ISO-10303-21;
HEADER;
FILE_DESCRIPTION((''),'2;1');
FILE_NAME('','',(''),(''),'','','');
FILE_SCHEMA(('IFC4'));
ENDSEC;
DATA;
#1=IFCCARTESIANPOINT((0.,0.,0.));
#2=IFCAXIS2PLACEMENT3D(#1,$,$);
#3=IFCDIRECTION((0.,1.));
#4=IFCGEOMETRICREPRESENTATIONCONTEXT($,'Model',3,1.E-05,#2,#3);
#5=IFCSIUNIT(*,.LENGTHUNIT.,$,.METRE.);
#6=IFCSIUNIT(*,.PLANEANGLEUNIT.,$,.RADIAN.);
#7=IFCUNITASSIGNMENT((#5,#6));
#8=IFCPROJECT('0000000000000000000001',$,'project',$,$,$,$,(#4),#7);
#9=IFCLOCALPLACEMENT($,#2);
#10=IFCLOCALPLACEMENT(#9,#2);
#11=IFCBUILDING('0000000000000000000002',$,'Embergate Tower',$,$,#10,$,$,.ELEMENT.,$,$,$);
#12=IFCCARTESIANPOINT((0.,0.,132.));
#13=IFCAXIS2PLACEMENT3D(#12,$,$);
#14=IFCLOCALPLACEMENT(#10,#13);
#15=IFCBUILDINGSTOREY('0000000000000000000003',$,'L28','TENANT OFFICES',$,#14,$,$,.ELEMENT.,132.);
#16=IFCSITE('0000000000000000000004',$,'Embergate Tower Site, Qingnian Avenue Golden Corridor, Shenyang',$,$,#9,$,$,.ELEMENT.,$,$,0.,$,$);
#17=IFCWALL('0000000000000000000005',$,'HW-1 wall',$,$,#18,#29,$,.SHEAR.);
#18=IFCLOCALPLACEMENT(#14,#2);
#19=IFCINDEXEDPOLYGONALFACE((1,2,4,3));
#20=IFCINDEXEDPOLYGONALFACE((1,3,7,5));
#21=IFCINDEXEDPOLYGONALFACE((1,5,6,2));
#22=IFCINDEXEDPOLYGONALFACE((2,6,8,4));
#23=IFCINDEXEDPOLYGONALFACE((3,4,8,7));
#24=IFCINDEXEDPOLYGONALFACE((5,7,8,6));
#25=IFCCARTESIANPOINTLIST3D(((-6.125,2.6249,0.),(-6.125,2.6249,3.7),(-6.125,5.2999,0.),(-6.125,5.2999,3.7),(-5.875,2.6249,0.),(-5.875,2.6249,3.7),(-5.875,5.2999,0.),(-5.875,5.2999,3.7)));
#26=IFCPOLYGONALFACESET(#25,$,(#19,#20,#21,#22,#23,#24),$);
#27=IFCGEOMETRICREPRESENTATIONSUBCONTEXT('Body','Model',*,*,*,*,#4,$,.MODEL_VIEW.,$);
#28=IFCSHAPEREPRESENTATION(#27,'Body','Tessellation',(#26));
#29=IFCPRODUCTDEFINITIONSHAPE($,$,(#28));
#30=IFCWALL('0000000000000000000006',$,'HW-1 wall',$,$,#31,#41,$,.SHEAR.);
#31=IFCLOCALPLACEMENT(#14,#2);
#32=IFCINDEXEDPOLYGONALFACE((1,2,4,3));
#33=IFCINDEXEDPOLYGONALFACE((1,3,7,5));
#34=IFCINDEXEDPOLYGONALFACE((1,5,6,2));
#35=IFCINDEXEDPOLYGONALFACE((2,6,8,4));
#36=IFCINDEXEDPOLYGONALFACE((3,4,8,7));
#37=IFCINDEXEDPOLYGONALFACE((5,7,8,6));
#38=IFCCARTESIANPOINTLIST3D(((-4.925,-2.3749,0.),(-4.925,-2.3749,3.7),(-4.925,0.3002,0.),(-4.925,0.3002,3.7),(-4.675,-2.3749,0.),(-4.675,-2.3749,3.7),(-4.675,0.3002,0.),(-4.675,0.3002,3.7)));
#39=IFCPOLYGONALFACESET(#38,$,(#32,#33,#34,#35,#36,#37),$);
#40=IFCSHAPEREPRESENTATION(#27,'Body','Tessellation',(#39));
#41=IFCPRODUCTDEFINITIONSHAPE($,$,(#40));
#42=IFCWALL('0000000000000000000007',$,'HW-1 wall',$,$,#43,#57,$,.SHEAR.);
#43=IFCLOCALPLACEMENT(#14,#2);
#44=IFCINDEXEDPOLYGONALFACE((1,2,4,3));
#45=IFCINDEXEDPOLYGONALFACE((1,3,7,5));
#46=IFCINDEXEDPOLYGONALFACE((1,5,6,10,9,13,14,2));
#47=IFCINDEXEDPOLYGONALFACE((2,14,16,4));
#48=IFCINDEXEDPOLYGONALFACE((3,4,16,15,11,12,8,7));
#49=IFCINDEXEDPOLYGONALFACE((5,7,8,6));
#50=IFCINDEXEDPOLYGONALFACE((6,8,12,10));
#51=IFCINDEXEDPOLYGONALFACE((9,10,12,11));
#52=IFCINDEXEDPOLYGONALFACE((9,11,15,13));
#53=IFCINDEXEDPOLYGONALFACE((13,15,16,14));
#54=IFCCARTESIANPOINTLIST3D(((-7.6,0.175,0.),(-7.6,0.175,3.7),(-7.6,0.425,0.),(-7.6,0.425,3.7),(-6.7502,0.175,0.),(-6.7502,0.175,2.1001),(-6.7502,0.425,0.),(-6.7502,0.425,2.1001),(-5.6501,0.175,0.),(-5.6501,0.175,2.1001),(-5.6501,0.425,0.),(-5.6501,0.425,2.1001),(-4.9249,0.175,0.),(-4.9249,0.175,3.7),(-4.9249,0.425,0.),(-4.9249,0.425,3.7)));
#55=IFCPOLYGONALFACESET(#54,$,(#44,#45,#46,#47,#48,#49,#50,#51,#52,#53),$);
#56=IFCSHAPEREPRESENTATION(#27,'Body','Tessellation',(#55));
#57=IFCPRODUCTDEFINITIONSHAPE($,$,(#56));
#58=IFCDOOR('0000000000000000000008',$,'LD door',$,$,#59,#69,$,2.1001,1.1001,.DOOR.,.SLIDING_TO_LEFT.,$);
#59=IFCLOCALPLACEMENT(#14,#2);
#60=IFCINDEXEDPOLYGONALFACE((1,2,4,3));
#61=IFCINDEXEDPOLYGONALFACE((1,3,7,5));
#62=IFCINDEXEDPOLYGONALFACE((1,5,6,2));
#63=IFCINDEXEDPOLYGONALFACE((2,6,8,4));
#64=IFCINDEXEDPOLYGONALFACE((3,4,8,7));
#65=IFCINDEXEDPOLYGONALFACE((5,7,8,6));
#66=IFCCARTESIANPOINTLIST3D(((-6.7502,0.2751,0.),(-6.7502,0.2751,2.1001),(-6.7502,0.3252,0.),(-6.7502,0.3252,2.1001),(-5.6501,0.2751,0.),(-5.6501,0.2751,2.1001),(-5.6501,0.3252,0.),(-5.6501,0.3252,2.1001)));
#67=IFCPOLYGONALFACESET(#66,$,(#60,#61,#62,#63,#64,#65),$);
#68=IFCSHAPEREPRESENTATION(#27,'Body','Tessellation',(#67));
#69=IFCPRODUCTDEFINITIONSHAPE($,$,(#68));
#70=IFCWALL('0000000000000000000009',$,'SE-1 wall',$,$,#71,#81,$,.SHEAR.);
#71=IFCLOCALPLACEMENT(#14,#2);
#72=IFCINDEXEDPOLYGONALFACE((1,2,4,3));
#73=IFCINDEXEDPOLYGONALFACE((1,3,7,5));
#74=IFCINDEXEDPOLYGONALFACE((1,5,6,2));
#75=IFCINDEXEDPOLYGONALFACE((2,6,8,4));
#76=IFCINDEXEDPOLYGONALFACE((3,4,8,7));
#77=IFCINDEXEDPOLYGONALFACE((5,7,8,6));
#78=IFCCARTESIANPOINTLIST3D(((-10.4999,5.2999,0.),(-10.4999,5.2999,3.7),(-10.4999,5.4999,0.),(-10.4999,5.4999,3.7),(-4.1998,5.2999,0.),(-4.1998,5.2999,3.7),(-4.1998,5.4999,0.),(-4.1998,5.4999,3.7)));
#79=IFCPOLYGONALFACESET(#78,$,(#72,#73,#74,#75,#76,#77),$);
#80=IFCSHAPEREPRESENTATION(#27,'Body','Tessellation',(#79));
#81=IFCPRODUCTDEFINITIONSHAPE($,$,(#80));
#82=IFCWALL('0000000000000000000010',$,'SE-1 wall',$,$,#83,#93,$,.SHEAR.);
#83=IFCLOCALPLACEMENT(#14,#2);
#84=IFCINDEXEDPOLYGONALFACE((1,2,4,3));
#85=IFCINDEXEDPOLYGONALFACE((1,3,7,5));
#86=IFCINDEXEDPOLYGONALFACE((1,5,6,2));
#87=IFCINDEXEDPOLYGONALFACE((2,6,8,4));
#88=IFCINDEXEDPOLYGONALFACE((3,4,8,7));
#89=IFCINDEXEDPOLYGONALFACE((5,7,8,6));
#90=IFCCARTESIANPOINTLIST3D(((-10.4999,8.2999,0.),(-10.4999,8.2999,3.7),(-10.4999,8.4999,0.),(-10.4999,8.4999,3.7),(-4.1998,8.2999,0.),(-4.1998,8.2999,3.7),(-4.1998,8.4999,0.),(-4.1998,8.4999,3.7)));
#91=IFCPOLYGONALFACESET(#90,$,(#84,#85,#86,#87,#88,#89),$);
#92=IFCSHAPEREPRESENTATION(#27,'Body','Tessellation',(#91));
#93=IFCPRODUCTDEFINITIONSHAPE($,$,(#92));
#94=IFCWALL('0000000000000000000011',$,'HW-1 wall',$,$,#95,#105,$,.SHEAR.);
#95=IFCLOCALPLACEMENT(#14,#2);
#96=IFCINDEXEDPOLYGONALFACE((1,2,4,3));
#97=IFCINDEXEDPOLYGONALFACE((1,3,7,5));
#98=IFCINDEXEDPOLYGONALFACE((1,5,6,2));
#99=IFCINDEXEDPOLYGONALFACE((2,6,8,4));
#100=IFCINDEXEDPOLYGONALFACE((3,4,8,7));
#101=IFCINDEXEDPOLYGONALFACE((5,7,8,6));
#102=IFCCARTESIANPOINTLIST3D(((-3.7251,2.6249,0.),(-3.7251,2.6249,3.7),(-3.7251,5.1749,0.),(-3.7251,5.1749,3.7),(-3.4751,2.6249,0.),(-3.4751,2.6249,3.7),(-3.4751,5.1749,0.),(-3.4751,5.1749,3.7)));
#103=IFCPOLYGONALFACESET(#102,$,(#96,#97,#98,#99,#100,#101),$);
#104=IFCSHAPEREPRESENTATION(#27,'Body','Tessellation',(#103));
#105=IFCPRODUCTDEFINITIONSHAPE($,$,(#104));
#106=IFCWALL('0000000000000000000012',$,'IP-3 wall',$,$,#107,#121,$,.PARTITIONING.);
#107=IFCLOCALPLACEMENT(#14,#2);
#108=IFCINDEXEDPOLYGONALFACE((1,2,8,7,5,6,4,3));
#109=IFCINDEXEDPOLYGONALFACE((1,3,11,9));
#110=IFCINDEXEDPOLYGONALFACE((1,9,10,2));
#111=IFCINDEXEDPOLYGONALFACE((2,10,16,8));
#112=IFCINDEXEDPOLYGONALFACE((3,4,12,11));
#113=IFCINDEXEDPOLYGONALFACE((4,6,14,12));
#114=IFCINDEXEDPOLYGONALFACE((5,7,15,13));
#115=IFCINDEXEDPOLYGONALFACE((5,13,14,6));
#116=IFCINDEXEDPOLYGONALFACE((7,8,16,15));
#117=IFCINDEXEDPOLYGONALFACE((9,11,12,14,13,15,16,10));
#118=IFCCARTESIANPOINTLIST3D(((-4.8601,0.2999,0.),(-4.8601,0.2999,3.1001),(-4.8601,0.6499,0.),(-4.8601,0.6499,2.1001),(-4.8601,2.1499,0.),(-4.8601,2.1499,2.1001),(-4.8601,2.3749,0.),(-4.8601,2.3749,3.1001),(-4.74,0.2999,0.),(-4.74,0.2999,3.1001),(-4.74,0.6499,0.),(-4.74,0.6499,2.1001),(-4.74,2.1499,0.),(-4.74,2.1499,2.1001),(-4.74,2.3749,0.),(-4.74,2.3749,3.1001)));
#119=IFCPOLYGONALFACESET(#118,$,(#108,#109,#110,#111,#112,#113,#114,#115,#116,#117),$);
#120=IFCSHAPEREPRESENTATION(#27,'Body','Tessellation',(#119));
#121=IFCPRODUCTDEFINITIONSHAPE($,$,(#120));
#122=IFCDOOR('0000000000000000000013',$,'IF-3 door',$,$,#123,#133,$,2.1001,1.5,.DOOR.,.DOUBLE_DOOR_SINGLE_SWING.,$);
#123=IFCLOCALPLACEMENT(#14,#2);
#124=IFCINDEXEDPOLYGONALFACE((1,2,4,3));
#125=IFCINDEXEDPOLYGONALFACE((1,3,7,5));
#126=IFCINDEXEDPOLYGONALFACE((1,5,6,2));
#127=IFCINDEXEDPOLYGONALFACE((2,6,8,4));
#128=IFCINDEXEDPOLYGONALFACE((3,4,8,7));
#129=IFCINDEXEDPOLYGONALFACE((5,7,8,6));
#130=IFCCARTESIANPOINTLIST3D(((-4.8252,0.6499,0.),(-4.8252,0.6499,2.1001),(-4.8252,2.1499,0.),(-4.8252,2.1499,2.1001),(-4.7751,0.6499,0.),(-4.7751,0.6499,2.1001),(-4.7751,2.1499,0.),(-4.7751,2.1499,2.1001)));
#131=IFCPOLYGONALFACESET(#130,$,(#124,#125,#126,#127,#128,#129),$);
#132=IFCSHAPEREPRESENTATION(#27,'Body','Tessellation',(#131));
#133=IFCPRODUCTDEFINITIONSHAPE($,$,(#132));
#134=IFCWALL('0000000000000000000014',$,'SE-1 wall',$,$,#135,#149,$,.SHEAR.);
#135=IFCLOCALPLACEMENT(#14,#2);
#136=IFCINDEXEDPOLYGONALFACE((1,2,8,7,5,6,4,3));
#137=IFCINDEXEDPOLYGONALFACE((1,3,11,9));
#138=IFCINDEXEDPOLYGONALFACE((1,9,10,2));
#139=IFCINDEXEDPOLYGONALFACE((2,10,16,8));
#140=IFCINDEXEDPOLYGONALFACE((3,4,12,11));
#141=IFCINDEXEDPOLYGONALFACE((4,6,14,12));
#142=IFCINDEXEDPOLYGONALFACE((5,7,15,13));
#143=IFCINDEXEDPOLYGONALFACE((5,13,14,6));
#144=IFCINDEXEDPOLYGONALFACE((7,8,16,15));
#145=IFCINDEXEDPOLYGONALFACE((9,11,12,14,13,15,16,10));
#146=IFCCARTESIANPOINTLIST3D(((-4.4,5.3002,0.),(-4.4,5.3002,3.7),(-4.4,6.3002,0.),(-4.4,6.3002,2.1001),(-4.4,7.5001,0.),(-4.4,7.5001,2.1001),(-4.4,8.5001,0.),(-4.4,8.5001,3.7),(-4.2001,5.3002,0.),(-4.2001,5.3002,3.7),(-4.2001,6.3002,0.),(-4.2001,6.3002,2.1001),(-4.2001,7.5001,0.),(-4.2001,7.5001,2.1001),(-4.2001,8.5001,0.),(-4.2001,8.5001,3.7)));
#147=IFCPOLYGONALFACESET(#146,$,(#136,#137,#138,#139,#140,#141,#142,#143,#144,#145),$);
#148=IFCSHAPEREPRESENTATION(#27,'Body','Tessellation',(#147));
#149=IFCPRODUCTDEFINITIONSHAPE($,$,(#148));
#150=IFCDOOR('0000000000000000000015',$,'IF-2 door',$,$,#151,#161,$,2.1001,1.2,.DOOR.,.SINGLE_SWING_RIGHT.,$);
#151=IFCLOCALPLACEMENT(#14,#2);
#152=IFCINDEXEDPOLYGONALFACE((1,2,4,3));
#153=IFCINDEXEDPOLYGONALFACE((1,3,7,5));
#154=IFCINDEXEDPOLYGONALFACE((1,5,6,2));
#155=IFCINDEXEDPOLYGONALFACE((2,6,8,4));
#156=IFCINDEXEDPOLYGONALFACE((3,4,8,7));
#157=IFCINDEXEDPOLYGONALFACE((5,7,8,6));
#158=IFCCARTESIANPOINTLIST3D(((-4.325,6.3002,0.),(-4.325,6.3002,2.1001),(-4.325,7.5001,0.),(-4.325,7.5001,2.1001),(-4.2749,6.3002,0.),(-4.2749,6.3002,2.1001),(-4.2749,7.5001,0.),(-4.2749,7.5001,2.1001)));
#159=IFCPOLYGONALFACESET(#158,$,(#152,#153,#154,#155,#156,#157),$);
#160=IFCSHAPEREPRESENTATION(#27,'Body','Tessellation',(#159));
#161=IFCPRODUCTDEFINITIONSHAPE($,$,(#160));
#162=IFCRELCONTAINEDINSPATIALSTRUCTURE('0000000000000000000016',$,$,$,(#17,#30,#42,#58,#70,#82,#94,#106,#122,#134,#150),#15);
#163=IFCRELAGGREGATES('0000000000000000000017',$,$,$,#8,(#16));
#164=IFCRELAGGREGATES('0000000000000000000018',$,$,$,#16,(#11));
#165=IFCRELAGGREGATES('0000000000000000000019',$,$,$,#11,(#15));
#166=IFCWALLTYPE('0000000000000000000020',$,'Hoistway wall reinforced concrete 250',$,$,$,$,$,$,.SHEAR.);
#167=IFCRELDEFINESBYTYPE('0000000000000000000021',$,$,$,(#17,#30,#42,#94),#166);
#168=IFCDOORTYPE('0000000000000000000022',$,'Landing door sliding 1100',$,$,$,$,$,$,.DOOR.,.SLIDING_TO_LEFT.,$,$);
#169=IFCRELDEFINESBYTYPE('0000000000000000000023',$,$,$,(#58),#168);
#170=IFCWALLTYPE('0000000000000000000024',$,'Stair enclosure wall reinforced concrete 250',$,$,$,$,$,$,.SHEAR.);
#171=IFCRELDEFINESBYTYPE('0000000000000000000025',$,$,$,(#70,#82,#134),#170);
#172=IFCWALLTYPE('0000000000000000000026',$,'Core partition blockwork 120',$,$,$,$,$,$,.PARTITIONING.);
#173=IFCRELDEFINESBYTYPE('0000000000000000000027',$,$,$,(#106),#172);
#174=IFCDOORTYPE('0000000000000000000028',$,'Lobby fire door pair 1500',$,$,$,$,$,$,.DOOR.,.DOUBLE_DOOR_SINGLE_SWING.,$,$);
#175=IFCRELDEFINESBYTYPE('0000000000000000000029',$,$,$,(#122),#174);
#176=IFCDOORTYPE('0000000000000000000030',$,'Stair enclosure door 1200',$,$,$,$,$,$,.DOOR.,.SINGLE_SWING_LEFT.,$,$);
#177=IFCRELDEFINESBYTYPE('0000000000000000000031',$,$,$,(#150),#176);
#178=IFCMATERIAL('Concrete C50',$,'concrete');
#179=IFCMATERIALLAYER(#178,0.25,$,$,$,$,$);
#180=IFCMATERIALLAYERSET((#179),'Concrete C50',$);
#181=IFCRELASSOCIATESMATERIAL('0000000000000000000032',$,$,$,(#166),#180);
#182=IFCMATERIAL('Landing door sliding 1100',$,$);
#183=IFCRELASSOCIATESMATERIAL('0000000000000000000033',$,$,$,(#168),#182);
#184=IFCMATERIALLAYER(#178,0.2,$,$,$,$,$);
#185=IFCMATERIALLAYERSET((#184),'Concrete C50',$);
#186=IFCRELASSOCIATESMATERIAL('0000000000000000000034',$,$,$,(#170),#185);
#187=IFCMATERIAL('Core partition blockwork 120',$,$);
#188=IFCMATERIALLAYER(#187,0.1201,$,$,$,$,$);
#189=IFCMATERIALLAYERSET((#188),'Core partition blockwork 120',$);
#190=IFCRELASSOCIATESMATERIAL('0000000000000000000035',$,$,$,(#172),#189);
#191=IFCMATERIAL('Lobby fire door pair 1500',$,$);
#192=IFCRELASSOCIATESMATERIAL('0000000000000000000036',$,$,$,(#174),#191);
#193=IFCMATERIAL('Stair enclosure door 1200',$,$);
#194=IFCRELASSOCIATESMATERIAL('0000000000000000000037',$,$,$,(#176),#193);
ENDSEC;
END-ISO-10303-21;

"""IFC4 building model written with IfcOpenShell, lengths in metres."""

from ifc_helpers import new_model, si_unit, direction, frame, frame_2d, origin, place, context, subcontext, project, spatial, rectangle, extrude, source, transform, mapped, material, layer, layer_set, type_object, element, fill, save


model = new_model("IFC4")

# Units and contexts
model_context = context("Model", 3, precision=1e-05, world=origin(), true_north=direction((0.0, 1.0)))
body_context = subcontext(model_context, "Body", "Model", "MODEL_VIEW")
ifc_project = project(units=[si_unit("LENGTHUNIT", "METRE"), si_unit("PLANEANGLEUNIT", "RADIAN")], contexts=[model_context])

# Site, building, storey
site_placement = place(None, origin())
site = spatial("IfcSite", under=ifc_project, at=site_placement, Name="Embergate Tower Site, Qingnian Avenue Golden Corridor, Shenyang", CompositionType="ELEMENT", RefElevation=0.0)
building_placement = place(site_placement, origin())
building = spatial("IfcBuilding", under=site, at=building_placement, Name="Embergate Tower", CompositionType="ELEMENT")
storey_placement = place(building_placement, frame((0.0, 0.0, 132.0)))
storey = spatial("IfcBuildingStorey", under=building, at=storey_placement, Name="L28", Description="TENANT OFFICES", CompositionType="ELEMENT", Elevation=132.0)

# Walls
ifc_material_1 = material(Name="Concrete C50", Category="concrete")
ifc_layer_1 = layer(ifc_material_1, 0.25)
ifc_layer_set_1 = layer_set([ifc_layer_1], Name="Concrete C50")
wall_type_1 = type_object("IfcWallType", Name="Hoistway wall reinforced concrete 250", PredefinedType="SHEAR", material=ifc_layer_set_1)
shared_shape_1 = source(origin(), body_context, "Body", "SweptSolid", [
    extrude(rectangle(XDim=2.675, YDim=0.25, at=frame_2d((1.3374, 0.0))), origin(), (0.0, 0.0, 1.0), 3.7),
])
for number, where, z_axis, x_axis, name in (
    (1, (-6.0, 2.625, 0.0), (0.0, 0.0, 1.0), (0.0, 1.0, 0.0), "HW-1 wall"),
    (2, (-4.8, 0.3, 0.0), (0.0, 0.0, 1.0), (0.0, -1.0, 0.0), "HW-1 wall"),
):
    element("IfcWall", number, at=place(storey_placement, frame(where, z_axis=z_axis, x_axis=x_axis)), inside=storey, type_object=wall_type_1, Name=name, PredefinedType="SHEAR", context=body_context, shape_type="MappedRepresentation", body=[
        mapped(shared_shape_1, transform((0.0, 0.0, 0.0))),
    ])

# Wall, opening, door
wall_1_placement = place(storey_placement, frame((-4.925, 0.3, 0.0), z_axis=(0.0, 0.0, 1.0), x_axis=(-1.0, 0.0, 0.0)))
wall_1 = element("IfcWall", 3, at=wall_1_placement, inside=storey, type_object=wall_type_1, Name="HW-1 wall", PredefinedType="SHEAR", context=body_context, shape_type="MappedRepresentation", body=[
    mapped(shared_shape_1, transform((0.0, 0.0, 0.0))),
])
shared_shape_2 = source(origin(), body_context, "Body", "SweptSolid", [
    extrude(rectangle(XDim=1.1001, YDim=2.1001, at=frame_2d((0.55, 1.05))), frame((0.0, 0.135, 0.0), z_axis=(0.0, -1.0, 0.0), x_axis=(1.0, 0.0, 0.0)), (0.0, 0.0, 1.0), 0.27),
])
opening_1_placement = place(wall_1_placement, frame((0.7251, 0.0, 0.0)))
opening_1 = element("IfcOpeningElement", 4, at=opening_1_placement, cuts=wall_1, PredefinedType="OPENING", context=body_context, shape_type="MappedRepresentation", body=[
    mapped(shared_shape_2, transform((0.0, 0.0, 0.0))),
])
ifc_material_2 = material(Name="Landing door sliding 1100")
door_type_1 = type_object("IfcDoorType", Name="Landing door sliding 1100", OperationType="SLIDING_TO_LEFT", PredefinedType="DOOR", material=ifc_material_2)
shared_shape_3 = source(origin(), body_context, "Body", "SweptSolid", [
    extrude(rectangle(XDim=1.1001, YDim=2.1001, at=frame_2d((0.55, 1.05))), frame((0.0, 0.0249, 0.0), z_axis=(0.0, -1.0, 0.0), x_axis=(1.0, 0.0, 0.0)), (0.0, 0.0, 1.0), 0.05),
])
door_1_placement = place(opening_1_placement, origin())
door_1 = element("IfcDoor", 5, at=door_1_placement, inside=storey, type_object=door_type_1, Name="LD door", OperationType="SLIDING_TO_LEFT", OverallHeight=2.1001, OverallWidth=1.1001, PredefinedType="DOOR", context=body_context, shape_type="MappedRepresentation", body=[
    mapped(shared_shape_3, transform((0.0, 0.0, 0.0))),
])
fill(opening_1, door_1)

# Walls
ifc_layer_2 = layer(ifc_material_1, 0.2)
ifc_layer_set_2 = layer_set([ifc_layer_2], Name="Concrete C50")
wall_type_2 = type_object("IfcWallType", Name="Stair enclosure wall reinforced concrete 250", PredefinedType="SHEAR", material=ifc_layer_set_2)
shared_shape_4 = source(origin(), body_context, "Body", "SweptSolid", [
    extrude(rectangle(XDim=6.3, YDim=0.2, at=frame_2d((3.1499, 0.0))), origin(), (0.0, 0.0, 1.0), 3.7),
])
for number, where, z_axis, x_axis, name in (
    (6, (-4.2, 5.3999, 0.0), (0.0, 0.0, 1.0), (-1.0, 0.0, 0.0), "SE-1 wall"),
    (7, (-4.2, 8.3999, 0.0), (0.0, 0.0, 1.0), (-1.0, 0.0, 0.0), "SE-1 wall"),
):
    element("IfcWall", number, at=place(storey_placement, frame(where, z_axis=z_axis, x_axis=x_axis)), inside=storey, type_object=wall_type_2, Name=name, PredefinedType="SHEAR", context=body_context, shape_type="MappedRepresentation", body=[
        mapped(shared_shape_4, transform((0.0, 0.0, 0.0))),
    ])
shared_shape_5 = source(origin(), body_context, "Body", "SweptSolid", [
    extrude(rectangle(XDim=2.55, YDim=0.25, at=frame_2d((1.2749, 0.0))), origin(), (0.0, 0.0, 1.0), 3.7),
])
wall_2_placement = place(storey_placement, frame((-3.6001, 2.625, 0.0), z_axis=(0.0, 0.0, 1.0), x_axis=(0.0, 1.0, 0.0)))
element("IfcWall", 8, at=wall_2_placement, inside=storey, type_object=wall_type_1, Name="HW-1 wall", PredefinedType="SHEAR", context=body_context, shape_type="MappedRepresentation", body=[
    mapped(shared_shape_5, transform((0.0, 0.0, 0.0))),
])

# Walls, openings, doors
ifc_material_3 = material(Name="Core partition blockwork 120")
ifc_layer_3 = layer(ifc_material_3, 0.1201)
ifc_layer_set_3 = layer_set([ifc_layer_3], Name="Core partition blockwork 120")
wall_type_3 = type_object("IfcWallType", Name="Core partition blockwork 120", PredefinedType="PARTITIONING", material=ifc_layer_set_3)
shared_shape_6 = source(origin(), body_context, "Body", "SweptSolid", [
    extrude(rectangle(XDim=2.075, YDim=0.1201, at=frame_2d((1.0376, 0.0))), origin(), (0.0, 0.0, 1.0), 3.1001),
])
wall_3_placement = place(storey_placement, frame((-4.8, 2.375, 0.0), z_axis=(0.0, 0.0, 1.0), x_axis=(0.0, -1.0, 0.0)))
wall_3 = element("IfcWall", 9, at=wall_3_placement, inside=storey, type_object=wall_type_3, Name="IP-3 wall", PredefinedType="PARTITIONING", context=body_context, shape_type="MappedRepresentation", body=[
    mapped(shared_shape_6, transform((0.0, 0.0, 0.0))),
])
shared_shape_7 = source(origin(), body_context, "Body", "SweptSolid", [
    extrude(rectangle(XDim=1.5, YDim=2.1001, at=frame_2d((0.75, 1.05))), frame((0.0, 0.0701, 0.0), z_axis=(0.0, -1.0, 0.0), x_axis=(1.0, 0.0, 0.0)), (0.0, 0.0, 1.0), 0.1401),
])
opening_2_placement = place(wall_3_placement, frame((0.2251, 0.0, 0.0)))
opening_2 = element("IfcOpeningElement", 10, at=opening_2_placement, cuts=wall_3, PredefinedType="OPENING", context=body_context, shape_type="MappedRepresentation", body=[
    mapped(shared_shape_7, transform((0.0, 0.0, 0.0))),
])
ifc_material_4 = material(Name="Lobby fire door pair 1500")
door_type_2 = type_object("IfcDoorType", Name="Lobby fire door pair 1500", OperationType="DOUBLE_DOOR_SINGLE_SWING", PredefinedType="DOOR", material=ifc_material_4)
shared_shape_8 = source(origin(), body_context, "Body", "SweptSolid", [
    extrude(rectangle(XDim=1.5, YDim=2.1001, at=frame_2d((0.75, 1.05))), frame((0.0, 0.0249, 0.0), z_axis=(0.0, -1.0, 0.0), x_axis=(1.0, 0.0, 0.0)), (0.0, 0.0, 1.0), 0.05),
])
door_2_placement = place(opening_2_placement, origin())
door_2 = element("IfcDoor", 11, at=door_2_placement, inside=storey, type_object=door_type_2, Name="IF-3 door", OperationType="DOUBLE_DOOR_SINGLE_SWING", OverallHeight=2.1001, OverallWidth=1.5, PredefinedType="DOOR", context=body_context, shape_type="MappedRepresentation", body=[
    mapped(shared_shape_8, transform((0.0, 0.0, 0.0))),
])
fill(opening_2, door_2)
shared_shape_9 = source(origin(), body_context, "Body", "SweptSolid", [
    extrude(rectangle(XDim=3.2, YDim=0.2, at=frame_2d((1.6001, 0.0))), origin(), (0.0, 0.0, 1.0), 3.7),
])
wall_4_placement = place(storey_placement, frame((-4.3, 5.3, 0.0), z_axis=(0.0, 0.0, 1.0), x_axis=(0.0, 1.0, 0.0)))
wall_4 = element("IfcWall", 12, at=wall_4_placement, inside=storey, type_object=wall_type_2, Name="SE-1 wall", PredefinedType="SHEAR", context=body_context, shape_type="MappedRepresentation", body=[
    mapped(shared_shape_9, transform((0.0, 0.0, 0.0))),
])
shared_shape_10 = source(origin(), body_context, "Body", "SweptSolid", [
    extrude(rectangle(XDim=1.2, YDim=2.1001, at=frame_2d((0.6001, 1.05))), frame((0.0, 0.1099, 0.0), z_axis=(0.0, -1.0, 0.0), x_axis=(1.0, 0.0, 0.0)), (0.0, 0.0, 1.0), 0.22),
])
opening_3_placement = place(wall_4_placement, frame((1.0, 0.0, 0.0)))
opening_3 = element("IfcOpeningElement", 13, at=opening_3_placement, cuts=wall_4, PredefinedType="OPENING", context=body_context, shape_type="MappedRepresentation", body=[
    mapped(shared_shape_10, transform((0.0, 0.0, 0.0))),
])
ifc_material_5 = material(Name="Stair enclosure door 1200")
door_type_3 = type_object("IfcDoorType", Name="Stair enclosure door 1200", OperationType="SINGLE_SWING_LEFT", PredefinedType="DOOR", material=ifc_material_5)
shared_shape_11 = source(origin(), body_context, "Body", "SweptSolid", [
    extrude(rectangle(XDim=1.2, YDim=2.1001, at=frame_2d((0.6001, 1.05))), frame((0.0, 0.0249, 0.0), z_axis=(0.0, -1.0, 0.0), x_axis=(1.0, 0.0, 0.0)), (0.0, 0.0, 1.0), 0.05),
])
door_3_placement = place(opening_3_placement, origin())
door_3 = element("IfcDoor", 14, at=door_3_placement, inside=storey, type_object=door_type_3, Name="IF-2 door", OperationType="SINGLE_SWING_RIGHT", OverallHeight=2.1001, OverallWidth=1.2, PredefinedType="DOOR", context=body_context, shape_type="MappedRepresentation", body=[
    mapped(shared_shape_11, transform((0.0, 0.0, 0.0))),
])
fill(opening_3, door_3)

save(model, "model.ifc")
